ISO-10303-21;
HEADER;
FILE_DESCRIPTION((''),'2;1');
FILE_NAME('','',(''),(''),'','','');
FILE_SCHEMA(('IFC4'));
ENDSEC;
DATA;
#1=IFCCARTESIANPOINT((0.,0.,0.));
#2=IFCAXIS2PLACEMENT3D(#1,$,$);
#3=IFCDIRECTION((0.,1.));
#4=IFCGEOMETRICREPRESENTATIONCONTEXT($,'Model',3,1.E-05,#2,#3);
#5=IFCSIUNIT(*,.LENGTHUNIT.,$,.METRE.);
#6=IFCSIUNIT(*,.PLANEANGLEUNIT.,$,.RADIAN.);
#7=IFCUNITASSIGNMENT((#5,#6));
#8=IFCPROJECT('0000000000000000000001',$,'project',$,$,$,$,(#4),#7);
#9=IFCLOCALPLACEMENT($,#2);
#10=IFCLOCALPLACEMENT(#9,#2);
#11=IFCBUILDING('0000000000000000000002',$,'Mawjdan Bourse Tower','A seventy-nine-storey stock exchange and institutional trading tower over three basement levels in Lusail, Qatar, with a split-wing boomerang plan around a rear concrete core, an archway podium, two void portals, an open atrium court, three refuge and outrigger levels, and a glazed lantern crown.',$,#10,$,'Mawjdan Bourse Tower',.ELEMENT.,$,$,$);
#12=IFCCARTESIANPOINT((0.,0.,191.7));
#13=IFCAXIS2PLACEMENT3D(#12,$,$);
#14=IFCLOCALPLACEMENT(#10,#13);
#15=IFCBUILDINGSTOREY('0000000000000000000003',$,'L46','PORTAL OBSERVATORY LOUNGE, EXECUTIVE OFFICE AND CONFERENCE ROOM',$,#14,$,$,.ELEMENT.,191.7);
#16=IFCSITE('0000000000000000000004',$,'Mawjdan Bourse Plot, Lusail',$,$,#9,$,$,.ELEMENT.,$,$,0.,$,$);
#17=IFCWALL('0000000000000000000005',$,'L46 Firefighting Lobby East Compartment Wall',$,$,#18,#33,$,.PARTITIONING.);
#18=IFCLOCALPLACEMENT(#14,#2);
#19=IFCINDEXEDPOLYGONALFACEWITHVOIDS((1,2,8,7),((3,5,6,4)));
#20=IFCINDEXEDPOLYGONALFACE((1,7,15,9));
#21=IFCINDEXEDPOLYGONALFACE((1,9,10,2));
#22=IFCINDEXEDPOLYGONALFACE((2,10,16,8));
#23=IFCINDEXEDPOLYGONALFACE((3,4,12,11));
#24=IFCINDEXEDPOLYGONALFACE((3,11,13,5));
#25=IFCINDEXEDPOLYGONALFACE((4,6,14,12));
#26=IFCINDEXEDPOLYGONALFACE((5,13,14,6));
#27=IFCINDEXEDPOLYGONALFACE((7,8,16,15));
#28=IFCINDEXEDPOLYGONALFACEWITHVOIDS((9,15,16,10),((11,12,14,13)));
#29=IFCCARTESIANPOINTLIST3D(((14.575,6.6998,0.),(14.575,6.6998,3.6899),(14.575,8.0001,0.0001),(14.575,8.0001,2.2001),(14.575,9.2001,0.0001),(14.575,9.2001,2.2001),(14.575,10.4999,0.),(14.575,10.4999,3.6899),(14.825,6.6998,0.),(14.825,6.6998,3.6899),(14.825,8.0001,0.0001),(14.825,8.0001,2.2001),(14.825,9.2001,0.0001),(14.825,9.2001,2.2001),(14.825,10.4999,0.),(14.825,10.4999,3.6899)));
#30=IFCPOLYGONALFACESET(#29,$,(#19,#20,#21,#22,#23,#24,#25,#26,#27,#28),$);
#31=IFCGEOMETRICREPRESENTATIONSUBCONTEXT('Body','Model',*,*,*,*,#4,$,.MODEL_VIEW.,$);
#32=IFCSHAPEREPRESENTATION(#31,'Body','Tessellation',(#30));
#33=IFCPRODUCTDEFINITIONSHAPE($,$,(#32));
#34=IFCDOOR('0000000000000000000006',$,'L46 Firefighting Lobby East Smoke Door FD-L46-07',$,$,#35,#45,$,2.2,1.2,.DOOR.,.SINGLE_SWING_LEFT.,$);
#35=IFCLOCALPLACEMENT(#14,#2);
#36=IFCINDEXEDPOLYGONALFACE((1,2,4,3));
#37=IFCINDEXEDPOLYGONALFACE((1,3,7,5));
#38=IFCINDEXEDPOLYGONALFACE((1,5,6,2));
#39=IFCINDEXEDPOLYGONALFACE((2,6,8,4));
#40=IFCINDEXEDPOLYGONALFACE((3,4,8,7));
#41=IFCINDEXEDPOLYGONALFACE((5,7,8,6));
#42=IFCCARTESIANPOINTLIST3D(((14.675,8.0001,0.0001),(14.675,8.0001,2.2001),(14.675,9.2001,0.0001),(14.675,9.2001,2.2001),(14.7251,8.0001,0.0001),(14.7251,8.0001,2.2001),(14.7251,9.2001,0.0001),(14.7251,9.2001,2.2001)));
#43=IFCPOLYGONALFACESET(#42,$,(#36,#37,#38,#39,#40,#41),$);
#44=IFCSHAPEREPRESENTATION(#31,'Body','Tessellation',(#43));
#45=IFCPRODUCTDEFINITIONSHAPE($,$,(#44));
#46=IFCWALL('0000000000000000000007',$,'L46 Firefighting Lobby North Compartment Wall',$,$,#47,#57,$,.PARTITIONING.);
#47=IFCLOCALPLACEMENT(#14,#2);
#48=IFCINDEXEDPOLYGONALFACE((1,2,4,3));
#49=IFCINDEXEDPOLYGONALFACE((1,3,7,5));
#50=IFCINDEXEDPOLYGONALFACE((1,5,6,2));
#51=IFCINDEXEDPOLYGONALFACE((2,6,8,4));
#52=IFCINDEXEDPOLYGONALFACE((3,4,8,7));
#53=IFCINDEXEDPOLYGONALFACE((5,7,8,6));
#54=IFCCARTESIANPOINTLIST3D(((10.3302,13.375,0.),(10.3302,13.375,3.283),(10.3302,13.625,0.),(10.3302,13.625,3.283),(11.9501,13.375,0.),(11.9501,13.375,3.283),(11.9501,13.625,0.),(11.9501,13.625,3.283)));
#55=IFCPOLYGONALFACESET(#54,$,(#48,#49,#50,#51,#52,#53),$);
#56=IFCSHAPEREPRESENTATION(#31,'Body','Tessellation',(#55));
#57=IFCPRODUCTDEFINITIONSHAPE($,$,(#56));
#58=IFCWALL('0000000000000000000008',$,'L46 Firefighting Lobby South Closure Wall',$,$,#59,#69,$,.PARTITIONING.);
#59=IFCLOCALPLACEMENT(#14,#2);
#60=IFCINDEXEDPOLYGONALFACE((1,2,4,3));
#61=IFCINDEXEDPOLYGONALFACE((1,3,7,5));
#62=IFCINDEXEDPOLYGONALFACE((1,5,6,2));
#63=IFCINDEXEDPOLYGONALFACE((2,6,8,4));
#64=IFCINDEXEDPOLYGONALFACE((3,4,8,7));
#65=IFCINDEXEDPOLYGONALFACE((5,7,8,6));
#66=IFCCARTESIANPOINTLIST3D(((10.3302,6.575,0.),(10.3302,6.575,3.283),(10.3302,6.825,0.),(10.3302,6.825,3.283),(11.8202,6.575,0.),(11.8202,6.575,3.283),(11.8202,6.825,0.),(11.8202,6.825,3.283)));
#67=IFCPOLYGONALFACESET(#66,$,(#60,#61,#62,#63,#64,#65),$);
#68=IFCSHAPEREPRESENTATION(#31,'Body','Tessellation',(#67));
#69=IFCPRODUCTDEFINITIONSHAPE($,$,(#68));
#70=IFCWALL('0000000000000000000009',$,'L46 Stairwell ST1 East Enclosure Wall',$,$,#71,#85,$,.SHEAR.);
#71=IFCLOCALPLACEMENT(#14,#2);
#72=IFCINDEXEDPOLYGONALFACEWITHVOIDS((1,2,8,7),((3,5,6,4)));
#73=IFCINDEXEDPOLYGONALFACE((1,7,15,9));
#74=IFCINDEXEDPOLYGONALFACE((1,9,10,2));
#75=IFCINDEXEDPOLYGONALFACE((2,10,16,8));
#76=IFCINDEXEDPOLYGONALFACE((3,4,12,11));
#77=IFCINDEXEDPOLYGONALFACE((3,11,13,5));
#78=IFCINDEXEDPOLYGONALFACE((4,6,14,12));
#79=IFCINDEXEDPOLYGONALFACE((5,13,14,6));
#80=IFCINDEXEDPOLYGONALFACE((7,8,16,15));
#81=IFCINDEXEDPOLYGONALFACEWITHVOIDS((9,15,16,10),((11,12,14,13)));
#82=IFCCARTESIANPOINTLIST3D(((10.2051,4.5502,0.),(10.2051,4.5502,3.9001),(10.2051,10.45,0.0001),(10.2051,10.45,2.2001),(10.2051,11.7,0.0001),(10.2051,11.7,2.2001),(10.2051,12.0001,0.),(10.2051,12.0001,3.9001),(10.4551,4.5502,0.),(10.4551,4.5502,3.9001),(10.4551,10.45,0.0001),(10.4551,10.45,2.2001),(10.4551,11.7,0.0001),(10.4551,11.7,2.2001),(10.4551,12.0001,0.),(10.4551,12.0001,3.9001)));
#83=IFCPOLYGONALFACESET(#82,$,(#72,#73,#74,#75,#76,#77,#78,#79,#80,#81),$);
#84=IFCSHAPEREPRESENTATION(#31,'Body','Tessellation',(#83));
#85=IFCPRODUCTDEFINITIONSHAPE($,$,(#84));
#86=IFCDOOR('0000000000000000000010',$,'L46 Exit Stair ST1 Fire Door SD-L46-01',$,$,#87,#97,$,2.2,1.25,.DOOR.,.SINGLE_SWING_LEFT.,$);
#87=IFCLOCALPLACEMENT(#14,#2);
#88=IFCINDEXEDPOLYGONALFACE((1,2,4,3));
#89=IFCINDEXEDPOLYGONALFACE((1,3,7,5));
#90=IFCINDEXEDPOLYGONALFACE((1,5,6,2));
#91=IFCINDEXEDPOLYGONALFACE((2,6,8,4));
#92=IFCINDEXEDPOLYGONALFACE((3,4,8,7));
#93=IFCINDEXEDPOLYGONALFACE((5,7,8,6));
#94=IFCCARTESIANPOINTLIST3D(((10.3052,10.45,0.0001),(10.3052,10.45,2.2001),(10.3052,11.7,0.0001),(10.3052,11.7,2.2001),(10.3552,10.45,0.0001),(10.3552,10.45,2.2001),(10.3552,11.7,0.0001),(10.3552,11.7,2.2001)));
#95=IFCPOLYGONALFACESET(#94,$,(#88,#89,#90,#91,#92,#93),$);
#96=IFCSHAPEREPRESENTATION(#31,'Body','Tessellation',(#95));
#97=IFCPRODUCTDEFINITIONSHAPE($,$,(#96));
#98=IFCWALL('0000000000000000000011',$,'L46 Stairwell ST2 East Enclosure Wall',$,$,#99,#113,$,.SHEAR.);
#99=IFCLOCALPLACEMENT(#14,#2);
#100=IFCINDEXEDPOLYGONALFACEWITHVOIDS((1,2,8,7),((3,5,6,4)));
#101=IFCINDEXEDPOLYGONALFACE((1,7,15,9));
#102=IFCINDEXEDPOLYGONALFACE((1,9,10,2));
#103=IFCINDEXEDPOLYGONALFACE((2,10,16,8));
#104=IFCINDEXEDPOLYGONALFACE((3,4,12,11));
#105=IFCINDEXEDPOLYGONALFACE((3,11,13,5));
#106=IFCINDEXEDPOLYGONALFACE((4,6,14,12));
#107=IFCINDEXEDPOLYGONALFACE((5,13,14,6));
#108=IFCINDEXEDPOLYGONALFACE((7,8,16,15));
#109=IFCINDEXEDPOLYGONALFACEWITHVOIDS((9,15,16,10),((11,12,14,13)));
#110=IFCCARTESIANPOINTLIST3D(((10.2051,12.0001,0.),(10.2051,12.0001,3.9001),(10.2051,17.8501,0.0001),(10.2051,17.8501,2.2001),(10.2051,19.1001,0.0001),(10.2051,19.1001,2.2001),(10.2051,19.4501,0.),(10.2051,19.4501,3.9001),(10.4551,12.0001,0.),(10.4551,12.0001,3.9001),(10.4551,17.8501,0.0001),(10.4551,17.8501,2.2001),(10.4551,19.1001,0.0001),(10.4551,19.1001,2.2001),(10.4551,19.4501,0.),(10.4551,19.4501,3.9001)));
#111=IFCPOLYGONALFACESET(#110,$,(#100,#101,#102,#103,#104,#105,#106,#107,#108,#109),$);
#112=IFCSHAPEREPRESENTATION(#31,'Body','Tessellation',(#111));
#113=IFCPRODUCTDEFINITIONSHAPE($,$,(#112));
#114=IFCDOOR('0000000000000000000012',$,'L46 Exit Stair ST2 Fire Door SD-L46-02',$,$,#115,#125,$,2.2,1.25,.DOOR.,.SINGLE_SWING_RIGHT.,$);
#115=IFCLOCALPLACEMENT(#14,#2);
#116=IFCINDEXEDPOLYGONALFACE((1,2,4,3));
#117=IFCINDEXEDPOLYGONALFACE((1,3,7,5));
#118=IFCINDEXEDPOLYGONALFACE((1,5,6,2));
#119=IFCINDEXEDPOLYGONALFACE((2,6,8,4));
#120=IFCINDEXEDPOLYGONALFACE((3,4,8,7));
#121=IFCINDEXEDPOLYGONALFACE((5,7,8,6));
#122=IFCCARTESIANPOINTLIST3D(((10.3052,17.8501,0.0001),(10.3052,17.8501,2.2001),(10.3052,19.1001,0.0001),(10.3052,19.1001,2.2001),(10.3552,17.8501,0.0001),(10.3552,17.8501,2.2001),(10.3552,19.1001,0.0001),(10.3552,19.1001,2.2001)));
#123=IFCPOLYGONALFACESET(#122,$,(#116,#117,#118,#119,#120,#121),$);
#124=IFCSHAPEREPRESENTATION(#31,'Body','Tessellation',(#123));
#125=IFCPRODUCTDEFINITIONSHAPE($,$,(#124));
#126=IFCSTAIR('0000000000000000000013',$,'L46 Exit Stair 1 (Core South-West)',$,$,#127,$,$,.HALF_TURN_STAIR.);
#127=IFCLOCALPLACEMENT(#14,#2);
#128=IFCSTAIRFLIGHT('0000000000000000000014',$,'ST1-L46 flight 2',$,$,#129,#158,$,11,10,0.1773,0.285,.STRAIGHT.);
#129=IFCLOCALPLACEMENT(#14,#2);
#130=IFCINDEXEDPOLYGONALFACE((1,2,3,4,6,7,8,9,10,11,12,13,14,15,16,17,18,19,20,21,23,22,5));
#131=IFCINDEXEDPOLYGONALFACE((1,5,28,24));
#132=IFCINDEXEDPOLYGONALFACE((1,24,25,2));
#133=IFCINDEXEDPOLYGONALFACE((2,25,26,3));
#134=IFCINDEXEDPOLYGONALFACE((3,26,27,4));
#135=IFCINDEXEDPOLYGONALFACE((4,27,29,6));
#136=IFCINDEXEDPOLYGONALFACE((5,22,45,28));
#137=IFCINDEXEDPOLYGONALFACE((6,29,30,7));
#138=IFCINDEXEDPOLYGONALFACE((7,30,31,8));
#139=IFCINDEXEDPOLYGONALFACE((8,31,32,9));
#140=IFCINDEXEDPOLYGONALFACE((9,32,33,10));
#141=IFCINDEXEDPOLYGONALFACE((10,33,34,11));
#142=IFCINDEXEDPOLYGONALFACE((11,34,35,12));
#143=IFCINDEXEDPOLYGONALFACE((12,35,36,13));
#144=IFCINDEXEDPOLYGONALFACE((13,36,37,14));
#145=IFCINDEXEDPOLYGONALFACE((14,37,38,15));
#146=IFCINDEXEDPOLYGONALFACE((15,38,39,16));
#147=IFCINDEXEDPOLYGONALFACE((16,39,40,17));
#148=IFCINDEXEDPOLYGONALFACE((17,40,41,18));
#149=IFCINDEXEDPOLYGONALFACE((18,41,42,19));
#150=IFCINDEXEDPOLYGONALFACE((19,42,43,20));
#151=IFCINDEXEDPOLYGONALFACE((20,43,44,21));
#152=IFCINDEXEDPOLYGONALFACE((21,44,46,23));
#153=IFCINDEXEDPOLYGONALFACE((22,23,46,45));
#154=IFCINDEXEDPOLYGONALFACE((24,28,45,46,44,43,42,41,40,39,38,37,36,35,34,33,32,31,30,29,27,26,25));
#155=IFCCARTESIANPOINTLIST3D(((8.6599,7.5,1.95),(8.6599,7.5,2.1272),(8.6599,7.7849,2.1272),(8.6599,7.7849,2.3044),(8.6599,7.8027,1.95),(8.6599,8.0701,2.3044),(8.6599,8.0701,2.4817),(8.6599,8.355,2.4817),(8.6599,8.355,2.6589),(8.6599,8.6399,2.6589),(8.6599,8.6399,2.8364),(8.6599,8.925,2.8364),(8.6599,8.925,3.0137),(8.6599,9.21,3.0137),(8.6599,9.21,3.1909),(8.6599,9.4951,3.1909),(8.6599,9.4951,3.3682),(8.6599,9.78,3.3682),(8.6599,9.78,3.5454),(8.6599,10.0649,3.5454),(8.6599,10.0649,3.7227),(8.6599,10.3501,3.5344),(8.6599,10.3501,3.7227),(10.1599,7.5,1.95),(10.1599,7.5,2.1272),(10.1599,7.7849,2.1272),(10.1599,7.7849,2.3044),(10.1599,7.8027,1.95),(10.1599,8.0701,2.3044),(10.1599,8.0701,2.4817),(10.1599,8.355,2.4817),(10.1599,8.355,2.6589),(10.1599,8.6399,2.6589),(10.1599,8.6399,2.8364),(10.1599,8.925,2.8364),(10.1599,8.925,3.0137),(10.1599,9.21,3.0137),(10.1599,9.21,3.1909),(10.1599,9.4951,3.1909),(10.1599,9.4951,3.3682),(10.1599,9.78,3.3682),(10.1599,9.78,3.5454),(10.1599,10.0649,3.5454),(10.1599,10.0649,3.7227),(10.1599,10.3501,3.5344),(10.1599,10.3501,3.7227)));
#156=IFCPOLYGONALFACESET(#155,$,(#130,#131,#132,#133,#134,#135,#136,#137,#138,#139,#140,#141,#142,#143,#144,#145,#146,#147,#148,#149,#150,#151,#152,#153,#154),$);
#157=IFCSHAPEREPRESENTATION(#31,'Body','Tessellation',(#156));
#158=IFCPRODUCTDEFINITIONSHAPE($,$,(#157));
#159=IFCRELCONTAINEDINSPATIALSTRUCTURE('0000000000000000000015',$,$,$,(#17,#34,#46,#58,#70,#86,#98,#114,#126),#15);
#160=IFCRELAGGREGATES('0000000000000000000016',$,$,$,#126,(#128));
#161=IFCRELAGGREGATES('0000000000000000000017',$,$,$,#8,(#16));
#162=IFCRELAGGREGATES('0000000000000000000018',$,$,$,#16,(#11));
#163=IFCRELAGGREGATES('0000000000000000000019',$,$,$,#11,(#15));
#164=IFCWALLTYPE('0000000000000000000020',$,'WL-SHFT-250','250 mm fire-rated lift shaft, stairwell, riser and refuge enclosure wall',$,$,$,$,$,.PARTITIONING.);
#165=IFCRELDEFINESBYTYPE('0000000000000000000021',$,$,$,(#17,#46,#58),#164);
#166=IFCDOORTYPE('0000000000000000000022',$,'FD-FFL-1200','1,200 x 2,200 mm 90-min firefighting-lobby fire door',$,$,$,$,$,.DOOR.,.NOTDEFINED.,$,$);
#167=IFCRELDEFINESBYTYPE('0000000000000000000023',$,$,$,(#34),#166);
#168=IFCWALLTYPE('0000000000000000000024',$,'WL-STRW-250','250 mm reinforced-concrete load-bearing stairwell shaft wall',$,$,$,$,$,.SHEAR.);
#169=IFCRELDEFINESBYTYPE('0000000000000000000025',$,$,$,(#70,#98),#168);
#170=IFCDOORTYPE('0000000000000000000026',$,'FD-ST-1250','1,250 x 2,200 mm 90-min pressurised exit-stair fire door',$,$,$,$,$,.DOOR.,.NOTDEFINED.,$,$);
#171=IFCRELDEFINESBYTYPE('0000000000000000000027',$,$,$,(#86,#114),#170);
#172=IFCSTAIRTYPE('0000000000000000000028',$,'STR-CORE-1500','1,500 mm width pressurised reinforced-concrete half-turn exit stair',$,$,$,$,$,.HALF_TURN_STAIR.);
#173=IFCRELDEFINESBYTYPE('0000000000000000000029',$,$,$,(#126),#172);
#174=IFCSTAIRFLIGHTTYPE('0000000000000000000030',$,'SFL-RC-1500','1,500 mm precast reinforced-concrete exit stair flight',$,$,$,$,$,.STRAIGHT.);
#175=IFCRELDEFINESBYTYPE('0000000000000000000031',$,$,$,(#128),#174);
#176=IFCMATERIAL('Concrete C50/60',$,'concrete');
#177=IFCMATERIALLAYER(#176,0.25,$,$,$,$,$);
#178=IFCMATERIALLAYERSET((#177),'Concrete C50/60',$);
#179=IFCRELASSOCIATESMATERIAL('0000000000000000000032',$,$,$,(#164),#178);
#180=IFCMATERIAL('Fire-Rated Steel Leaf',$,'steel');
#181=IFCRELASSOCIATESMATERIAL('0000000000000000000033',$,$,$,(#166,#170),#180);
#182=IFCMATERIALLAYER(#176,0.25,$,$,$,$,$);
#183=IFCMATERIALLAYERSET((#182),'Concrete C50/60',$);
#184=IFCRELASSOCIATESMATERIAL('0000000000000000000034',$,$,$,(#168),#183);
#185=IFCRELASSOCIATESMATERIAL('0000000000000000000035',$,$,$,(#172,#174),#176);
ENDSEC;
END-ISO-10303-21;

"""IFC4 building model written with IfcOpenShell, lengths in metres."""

from ifc_helpers import new_model, si_unit, direction, frame, frame_2d, origin, place, context, subcontext, project, spatial, polyline, rectangle, outline, extrude, material, layer, layer_set, type_object, element, fill, aggregate, save


model = new_model("IFC4")

# Units and contexts
model_context = context("Model", 3, precision=1e-05, world=origin(), true_north=direction((0.0, 1.0)))
body_context = subcontext(model_context, "Body", "Model", "MODEL_VIEW")
ifc_project = project(units=[si_unit("LENGTHUNIT", "METRE"), si_unit("PLANEANGLEUNIT", "RADIAN")], contexts=[model_context])

# Site, building, storey
site_placement = place(None, origin())
site = spatial("IfcSite", under=ifc_project, at=site_placement, Name="Mawjdan Bourse Plot, Lusail", CompositionType="ELEMENT", RefElevation=0.0)
building_placement = place(site_placement, origin())
building = spatial("IfcBuilding", under=site, at=building_placement, Name="Mawjdan Bourse Tower", Description="A seventy-nine-storey stock exchange and institutional trading tower over three basement levels in Lusail, Qatar, with a split-wing boomerang plan around a rear concrete core, an archway podium, two void portals, an open atrium court, three refuge and outrigger levels, and a glazed lantern crown.", LongName="Mawjdan Bourse Tower", CompositionType="ELEMENT")
storey_placement = place(building_placement, frame((0.0, 0.0, 191.7)))
storey = spatial("IfcBuildingStorey", under=building, at=storey_placement, Name="L46", Description="PORTAL OBSERVATORY LOUNGE, EXECUTIVE OFFICE AND CONFERENCE ROOM", CompositionType="ELEMENT", Elevation=191.7)

# Shared definitions
ifc_material_1 = material(Name="Concrete C50/60", Category="concrete")
ifc_layer_1 = layer(ifc_material_1, 0.25)
ifc_layer_set_1 = layer_set([ifc_layer_1], Name="Concrete C50/60")
wall_type_1 = type_object("IfcWallType", Name="WL-SHFT-250", Description="250 mm fire-rated lift shaft, stairwell, riser and refuge enclosure wall", PredefinedType="PARTITIONING", material=ifc_layer_set_1)

# Wall, opening, door
wall_1_placement = place(storey_placement, frame((14.7, 6.7, 0.0), z_axis=(0.0, 0.0, 1.0), x_axis=(0.0, 1.0, 0.0)))
wall_1 = element("IfcWall", 1, at=wall_1_placement, inside=storey, type_object=wall_type_1, Name="L46 Firefighting Lobby East Compartment Wall", PredefinedType="PARTITIONING", context=body_context, shape_type="SweptSolid", body=[
    extrude(rectangle(XDim=3.8, YDim=0.25, at=frame_2d((1.8999, 0.0))), origin(), (0.0, 0.0, 1.0), 3.6899),
])
opening_1_placement = place(wall_1_placement, frame((1.3, 0.0, 0.0)))
opening_1 = element("IfcOpeningElement", 2, at=opening_1_placement, cuts=wall_1, PredefinedType="OPENING", context=body_context, shape_type="SweptSolid", body=[
    extrude(rectangle(XDim=1.2, YDim=2.2, at=frame_2d((0.6001, 1.1001))), frame((0.0, 0.135, 0.0), z_axis=(0.0, -1.0, 0.0), x_axis=(1.0, 0.0, 0.0)), (0.0, 0.0, 1.0), 0.27),
])
ifc_material_2 = material(Name="Fire-Rated Steel Leaf", Category="steel")
door_type_1 = type_object("IfcDoorType", Name="FD-FFL-1200", Description="1,200 x 2,200 mm 90-min firefighting-lobby fire door", OperationType="NOTDEFINED", PredefinedType="DOOR", material=ifc_material_2)
door_1_placement = place(opening_1_placement, origin())
door_1 = element("IfcDoor", 3, at=door_1_placement, inside=storey, type_object=door_type_1, Name="L46 Firefighting Lobby East Smoke Door FD-L46-07", OperationType="SINGLE_SWING_LEFT", OverallHeight=2.2, OverallWidth=1.2, PredefinedType="DOOR", context=body_context, shape_type="SweptSolid", body=[
    extrude(rectangle(XDim=1.2, YDim=2.2, at=frame_2d((0.6001, 1.1001))), frame((0.0, 0.0249, 0.0), z_axis=(0.0, -1.0, 0.0), x_axis=(1.0, 0.0, 0.0)), (0.0, 0.0, 1.0), 0.05),
])
fill(opening_1, door_1)

# Walls
wall_2_placement = place(storey_placement, frame((10.3301, 13.5, 0.0), z_axis=(0.0, 0.0, 1.0), x_axis=(1.0, 0.0, 0.0)))
element("IfcWall", 4, at=wall_2_placement, inside=storey, type_object=wall_type_1, Name="L46 Firefighting Lobby North Compartment Wall", PredefinedType="PARTITIONING", context=body_context, shape_type="SweptSolid", body=[
    extrude(rectangle(XDim=1.6199, YDim=0.25, at=frame_2d((0.8101, 0.0))), origin(), (0.0, 0.0, 1.0), 3.283),
])
wall_3_placement = place(storey_placement, frame((10.3301, 6.7, 0.0), z_axis=(0.0, 0.0, 1.0), x_axis=(1.0, 0.0, 0.0)))
element("IfcWall", 5, at=wall_3_placement, inside=storey, type_object=wall_type_1, Name="L46 Firefighting Lobby South Closure Wall", PredefinedType="PARTITIONING", context=body_context, shape_type="SweptSolid", body=[
    extrude(rectangle(XDim=1.49, YDim=0.25, at=frame_2d((0.7451, 0.0))), origin(), (0.0, 0.0, 1.0), 3.283),
])

# Walls, openings, doors
ifc_layer_2 = layer(ifc_material_1, 0.25)
ifc_layer_set_2 = layer_set([ifc_layer_2], Name="Concrete C50/60")
wall_type_2 = type_object("IfcWallType", Name="WL-STRW-250", Description="250 mm reinforced-concrete load-bearing stairwell shaft wall", PredefinedType="SHEAR", material=ifc_layer_set_2)
wall_4_placement = place(storey_placement, frame((10.3301, 4.55, 0.0), z_axis=(0.0, 0.0, 1.0), x_axis=(0.0, 1.0, 0.0)))
wall_4 = element("IfcWall", 6, at=wall_4_placement, inside=storey, type_object=wall_type_2, Name="L46 Stairwell ST1 East Enclosure Wall", PredefinedType="SHEAR", context=body_context, shape_type="SweptSolid", body=[
    extrude(rectangle(XDim=7.45, YDim=0.25, at=frame_2d((3.7251, 0.0))), origin(), (0.0, 0.0, 1.0), 3.9001),
])
opening_2_placement = place(wall_4_placement, frame((5.8999, 0.0, 0.0)))
opening_2 = element("IfcOpeningElement", 7, at=opening_2_placement, cuts=wall_4, PredefinedType="OPENING", context=body_context, shape_type="SweptSolid", body=[
    extrude(rectangle(XDim=1.25, YDim=2.2, at=frame_2d((0.625, 1.1001))), frame((0.0, 0.135, 0.0), z_axis=(0.0, -1.0, 0.0), x_axis=(1.0, 0.0, 0.0)), (0.0, 0.0, 1.0), 0.27),
])
door_type_2 = type_object("IfcDoorType", Name="FD-ST-1250", Description="1,250 x 2,200 mm 90-min pressurised exit-stair fire door", OperationType="NOTDEFINED", PredefinedType="DOOR", material=ifc_material_2)
door_2_placement = place(opening_2_placement, origin())
door_2 = element("IfcDoor", 8, at=door_2_placement, inside=storey, type_object=door_type_2, Name="L46 Exit Stair ST1 Fire Door SD-L46-01", OperationType="SINGLE_SWING_LEFT", OverallHeight=2.2, OverallWidth=1.25, PredefinedType="DOOR", context=body_context, shape_type="SweptSolid", body=[
    extrude(rectangle(XDim=1.25, YDim=2.2, at=frame_2d((0.625, 1.1001))), frame((0.0, 0.0249, 0.0), z_axis=(0.0, -1.0, 0.0), x_axis=(1.0, 0.0, 0.0)), (0.0, 0.0, 1.0), 0.05),
])
fill(opening_2, door_2)
wall_5_placement = place(storey_placement, frame((10.3301, 12.0, 0.0), z_axis=(0.0, 0.0, 1.0), x_axis=(0.0, 1.0, 0.0)))
wall_5 = element("IfcWall", 9, at=wall_5_placement, inside=storey, type_object=wall_type_2, Name="L46 Stairwell ST2 East Enclosure Wall", PredefinedType="SHEAR", context=body_context, shape_type="SweptSolid", body=[
    extrude(rectangle(XDim=7.45, YDim=0.25, at=frame_2d((3.7251, 0.0))), origin(), (0.0, 0.0, 1.0), 3.9001),
])
opening_3_placement = place(wall_5_placement, frame((5.8501, 0.0, 0.0)))
opening_3 = element("IfcOpeningElement", 10, at=opening_3_placement, cuts=wall_5, PredefinedType="OPENING", context=body_context, shape_type="SweptSolid", body=[
    extrude(rectangle(XDim=1.25, YDim=2.2, at=frame_2d((0.625, 1.1001))), frame((0.0, 0.135, 0.0), z_axis=(0.0, -1.0, 0.0), x_axis=(1.0, 0.0, 0.0)), (0.0, 0.0, 1.0), 0.27),
])
door_3_placement = place(opening_3_placement, origin())
door_3 = element("IfcDoor", 11, at=door_3_placement, inside=storey, type_object=door_type_2, Name="L46 Exit Stair ST2 Fire Door SD-L46-02", OperationType="SINGLE_SWING_RIGHT", OverallHeight=2.2, OverallWidth=1.25, PredefinedType="DOOR", context=body_context, shape_type="SweptSolid", body=[
    extrude(rectangle(XDim=1.25, YDim=2.2, at=frame_2d((0.625, 1.1001))), frame((0.0, 0.0249, 0.0), z_axis=(0.0, -1.0, 0.0), x_axis=(1.0, 0.0, 0.0)), (0.0, 0.0, 1.0), 0.05),
])
fill(opening_3, door_3)

# Stair, stair flight
stair_type = type_object("IfcStairType", Name="STR-CORE-1500", Description="1,500 mm width pressurised reinforced-concrete half-turn exit stair", PredefinedType="HALF_TURN_STAIR", material=ifc_material_1)
stair_placement = place(storey_placement, origin())
stair = element("IfcStair", 12, at=stair_placement, inside=storey, type_object=stair_type, Name="L46 Exit Stair 1 (Core South-West)", PredefinedType="HALF_TURN_STAIR")
stair_flight_type = type_object("IfcStairFlightType", Name="SFL-RC-1500", Description="1,500 mm precast reinforced-concrete exit stair flight", PredefinedType="STRAIGHT", material=ifc_material_1)
stair_flight_placement = place(storey_placement, frame((9.4099, 7.5, 1.95), z_axis=(0.0, 0.0, 1.0), x_axis=(0.0, 1.0, 0.0)))
stair_flight = element("IfcStairFlight", 13, at=stair_flight_placement, type_object=stair_flight_type, Name="ST1-L46 flight 2", NumberOfRisers=11, NumberOfTreads=10, PredefinedType="STRAIGHT", RiserHeight=0.1773, TreadLength=0.285, context=body_context, shape_type="SweptSolid", body=[
    extrude(outline(polyline([(0.0, 0.0), (0.0, 0.1772), (0.2849, 0.1772), (0.2849, 0.3545), (0.5701, 0.3545), (0.5701, 0.5317), (0.855, 0.5317), (0.855, 0.709), (1.1399, 0.709), (1.1399, 0.8865), (1.425, 0.8865), (1.425, 1.0637), (1.71, 1.0637), (1.71, 1.241), (1.9951, 1.241), (1.9951, 1.4182), (2.28, 1.4182), (2.28, 1.5955), (2.5649, 1.5955), (2.5649, 1.7727), (2.8501, 1.7727), (2.8501, 1.95), (2.8501, 1.5845), (0.3027, 0.0), (0.0, 0.0)])), frame((0.0, 0.75, 0.0), z_axis=(0.0, -1.0, 0.0), x_axis=(1.0, 0.0, 0.0)), (0.0, 0.0, 1.0), 1.5),
])
aggregate(stair, [stair_flight])

save(model, "model.ifc")
